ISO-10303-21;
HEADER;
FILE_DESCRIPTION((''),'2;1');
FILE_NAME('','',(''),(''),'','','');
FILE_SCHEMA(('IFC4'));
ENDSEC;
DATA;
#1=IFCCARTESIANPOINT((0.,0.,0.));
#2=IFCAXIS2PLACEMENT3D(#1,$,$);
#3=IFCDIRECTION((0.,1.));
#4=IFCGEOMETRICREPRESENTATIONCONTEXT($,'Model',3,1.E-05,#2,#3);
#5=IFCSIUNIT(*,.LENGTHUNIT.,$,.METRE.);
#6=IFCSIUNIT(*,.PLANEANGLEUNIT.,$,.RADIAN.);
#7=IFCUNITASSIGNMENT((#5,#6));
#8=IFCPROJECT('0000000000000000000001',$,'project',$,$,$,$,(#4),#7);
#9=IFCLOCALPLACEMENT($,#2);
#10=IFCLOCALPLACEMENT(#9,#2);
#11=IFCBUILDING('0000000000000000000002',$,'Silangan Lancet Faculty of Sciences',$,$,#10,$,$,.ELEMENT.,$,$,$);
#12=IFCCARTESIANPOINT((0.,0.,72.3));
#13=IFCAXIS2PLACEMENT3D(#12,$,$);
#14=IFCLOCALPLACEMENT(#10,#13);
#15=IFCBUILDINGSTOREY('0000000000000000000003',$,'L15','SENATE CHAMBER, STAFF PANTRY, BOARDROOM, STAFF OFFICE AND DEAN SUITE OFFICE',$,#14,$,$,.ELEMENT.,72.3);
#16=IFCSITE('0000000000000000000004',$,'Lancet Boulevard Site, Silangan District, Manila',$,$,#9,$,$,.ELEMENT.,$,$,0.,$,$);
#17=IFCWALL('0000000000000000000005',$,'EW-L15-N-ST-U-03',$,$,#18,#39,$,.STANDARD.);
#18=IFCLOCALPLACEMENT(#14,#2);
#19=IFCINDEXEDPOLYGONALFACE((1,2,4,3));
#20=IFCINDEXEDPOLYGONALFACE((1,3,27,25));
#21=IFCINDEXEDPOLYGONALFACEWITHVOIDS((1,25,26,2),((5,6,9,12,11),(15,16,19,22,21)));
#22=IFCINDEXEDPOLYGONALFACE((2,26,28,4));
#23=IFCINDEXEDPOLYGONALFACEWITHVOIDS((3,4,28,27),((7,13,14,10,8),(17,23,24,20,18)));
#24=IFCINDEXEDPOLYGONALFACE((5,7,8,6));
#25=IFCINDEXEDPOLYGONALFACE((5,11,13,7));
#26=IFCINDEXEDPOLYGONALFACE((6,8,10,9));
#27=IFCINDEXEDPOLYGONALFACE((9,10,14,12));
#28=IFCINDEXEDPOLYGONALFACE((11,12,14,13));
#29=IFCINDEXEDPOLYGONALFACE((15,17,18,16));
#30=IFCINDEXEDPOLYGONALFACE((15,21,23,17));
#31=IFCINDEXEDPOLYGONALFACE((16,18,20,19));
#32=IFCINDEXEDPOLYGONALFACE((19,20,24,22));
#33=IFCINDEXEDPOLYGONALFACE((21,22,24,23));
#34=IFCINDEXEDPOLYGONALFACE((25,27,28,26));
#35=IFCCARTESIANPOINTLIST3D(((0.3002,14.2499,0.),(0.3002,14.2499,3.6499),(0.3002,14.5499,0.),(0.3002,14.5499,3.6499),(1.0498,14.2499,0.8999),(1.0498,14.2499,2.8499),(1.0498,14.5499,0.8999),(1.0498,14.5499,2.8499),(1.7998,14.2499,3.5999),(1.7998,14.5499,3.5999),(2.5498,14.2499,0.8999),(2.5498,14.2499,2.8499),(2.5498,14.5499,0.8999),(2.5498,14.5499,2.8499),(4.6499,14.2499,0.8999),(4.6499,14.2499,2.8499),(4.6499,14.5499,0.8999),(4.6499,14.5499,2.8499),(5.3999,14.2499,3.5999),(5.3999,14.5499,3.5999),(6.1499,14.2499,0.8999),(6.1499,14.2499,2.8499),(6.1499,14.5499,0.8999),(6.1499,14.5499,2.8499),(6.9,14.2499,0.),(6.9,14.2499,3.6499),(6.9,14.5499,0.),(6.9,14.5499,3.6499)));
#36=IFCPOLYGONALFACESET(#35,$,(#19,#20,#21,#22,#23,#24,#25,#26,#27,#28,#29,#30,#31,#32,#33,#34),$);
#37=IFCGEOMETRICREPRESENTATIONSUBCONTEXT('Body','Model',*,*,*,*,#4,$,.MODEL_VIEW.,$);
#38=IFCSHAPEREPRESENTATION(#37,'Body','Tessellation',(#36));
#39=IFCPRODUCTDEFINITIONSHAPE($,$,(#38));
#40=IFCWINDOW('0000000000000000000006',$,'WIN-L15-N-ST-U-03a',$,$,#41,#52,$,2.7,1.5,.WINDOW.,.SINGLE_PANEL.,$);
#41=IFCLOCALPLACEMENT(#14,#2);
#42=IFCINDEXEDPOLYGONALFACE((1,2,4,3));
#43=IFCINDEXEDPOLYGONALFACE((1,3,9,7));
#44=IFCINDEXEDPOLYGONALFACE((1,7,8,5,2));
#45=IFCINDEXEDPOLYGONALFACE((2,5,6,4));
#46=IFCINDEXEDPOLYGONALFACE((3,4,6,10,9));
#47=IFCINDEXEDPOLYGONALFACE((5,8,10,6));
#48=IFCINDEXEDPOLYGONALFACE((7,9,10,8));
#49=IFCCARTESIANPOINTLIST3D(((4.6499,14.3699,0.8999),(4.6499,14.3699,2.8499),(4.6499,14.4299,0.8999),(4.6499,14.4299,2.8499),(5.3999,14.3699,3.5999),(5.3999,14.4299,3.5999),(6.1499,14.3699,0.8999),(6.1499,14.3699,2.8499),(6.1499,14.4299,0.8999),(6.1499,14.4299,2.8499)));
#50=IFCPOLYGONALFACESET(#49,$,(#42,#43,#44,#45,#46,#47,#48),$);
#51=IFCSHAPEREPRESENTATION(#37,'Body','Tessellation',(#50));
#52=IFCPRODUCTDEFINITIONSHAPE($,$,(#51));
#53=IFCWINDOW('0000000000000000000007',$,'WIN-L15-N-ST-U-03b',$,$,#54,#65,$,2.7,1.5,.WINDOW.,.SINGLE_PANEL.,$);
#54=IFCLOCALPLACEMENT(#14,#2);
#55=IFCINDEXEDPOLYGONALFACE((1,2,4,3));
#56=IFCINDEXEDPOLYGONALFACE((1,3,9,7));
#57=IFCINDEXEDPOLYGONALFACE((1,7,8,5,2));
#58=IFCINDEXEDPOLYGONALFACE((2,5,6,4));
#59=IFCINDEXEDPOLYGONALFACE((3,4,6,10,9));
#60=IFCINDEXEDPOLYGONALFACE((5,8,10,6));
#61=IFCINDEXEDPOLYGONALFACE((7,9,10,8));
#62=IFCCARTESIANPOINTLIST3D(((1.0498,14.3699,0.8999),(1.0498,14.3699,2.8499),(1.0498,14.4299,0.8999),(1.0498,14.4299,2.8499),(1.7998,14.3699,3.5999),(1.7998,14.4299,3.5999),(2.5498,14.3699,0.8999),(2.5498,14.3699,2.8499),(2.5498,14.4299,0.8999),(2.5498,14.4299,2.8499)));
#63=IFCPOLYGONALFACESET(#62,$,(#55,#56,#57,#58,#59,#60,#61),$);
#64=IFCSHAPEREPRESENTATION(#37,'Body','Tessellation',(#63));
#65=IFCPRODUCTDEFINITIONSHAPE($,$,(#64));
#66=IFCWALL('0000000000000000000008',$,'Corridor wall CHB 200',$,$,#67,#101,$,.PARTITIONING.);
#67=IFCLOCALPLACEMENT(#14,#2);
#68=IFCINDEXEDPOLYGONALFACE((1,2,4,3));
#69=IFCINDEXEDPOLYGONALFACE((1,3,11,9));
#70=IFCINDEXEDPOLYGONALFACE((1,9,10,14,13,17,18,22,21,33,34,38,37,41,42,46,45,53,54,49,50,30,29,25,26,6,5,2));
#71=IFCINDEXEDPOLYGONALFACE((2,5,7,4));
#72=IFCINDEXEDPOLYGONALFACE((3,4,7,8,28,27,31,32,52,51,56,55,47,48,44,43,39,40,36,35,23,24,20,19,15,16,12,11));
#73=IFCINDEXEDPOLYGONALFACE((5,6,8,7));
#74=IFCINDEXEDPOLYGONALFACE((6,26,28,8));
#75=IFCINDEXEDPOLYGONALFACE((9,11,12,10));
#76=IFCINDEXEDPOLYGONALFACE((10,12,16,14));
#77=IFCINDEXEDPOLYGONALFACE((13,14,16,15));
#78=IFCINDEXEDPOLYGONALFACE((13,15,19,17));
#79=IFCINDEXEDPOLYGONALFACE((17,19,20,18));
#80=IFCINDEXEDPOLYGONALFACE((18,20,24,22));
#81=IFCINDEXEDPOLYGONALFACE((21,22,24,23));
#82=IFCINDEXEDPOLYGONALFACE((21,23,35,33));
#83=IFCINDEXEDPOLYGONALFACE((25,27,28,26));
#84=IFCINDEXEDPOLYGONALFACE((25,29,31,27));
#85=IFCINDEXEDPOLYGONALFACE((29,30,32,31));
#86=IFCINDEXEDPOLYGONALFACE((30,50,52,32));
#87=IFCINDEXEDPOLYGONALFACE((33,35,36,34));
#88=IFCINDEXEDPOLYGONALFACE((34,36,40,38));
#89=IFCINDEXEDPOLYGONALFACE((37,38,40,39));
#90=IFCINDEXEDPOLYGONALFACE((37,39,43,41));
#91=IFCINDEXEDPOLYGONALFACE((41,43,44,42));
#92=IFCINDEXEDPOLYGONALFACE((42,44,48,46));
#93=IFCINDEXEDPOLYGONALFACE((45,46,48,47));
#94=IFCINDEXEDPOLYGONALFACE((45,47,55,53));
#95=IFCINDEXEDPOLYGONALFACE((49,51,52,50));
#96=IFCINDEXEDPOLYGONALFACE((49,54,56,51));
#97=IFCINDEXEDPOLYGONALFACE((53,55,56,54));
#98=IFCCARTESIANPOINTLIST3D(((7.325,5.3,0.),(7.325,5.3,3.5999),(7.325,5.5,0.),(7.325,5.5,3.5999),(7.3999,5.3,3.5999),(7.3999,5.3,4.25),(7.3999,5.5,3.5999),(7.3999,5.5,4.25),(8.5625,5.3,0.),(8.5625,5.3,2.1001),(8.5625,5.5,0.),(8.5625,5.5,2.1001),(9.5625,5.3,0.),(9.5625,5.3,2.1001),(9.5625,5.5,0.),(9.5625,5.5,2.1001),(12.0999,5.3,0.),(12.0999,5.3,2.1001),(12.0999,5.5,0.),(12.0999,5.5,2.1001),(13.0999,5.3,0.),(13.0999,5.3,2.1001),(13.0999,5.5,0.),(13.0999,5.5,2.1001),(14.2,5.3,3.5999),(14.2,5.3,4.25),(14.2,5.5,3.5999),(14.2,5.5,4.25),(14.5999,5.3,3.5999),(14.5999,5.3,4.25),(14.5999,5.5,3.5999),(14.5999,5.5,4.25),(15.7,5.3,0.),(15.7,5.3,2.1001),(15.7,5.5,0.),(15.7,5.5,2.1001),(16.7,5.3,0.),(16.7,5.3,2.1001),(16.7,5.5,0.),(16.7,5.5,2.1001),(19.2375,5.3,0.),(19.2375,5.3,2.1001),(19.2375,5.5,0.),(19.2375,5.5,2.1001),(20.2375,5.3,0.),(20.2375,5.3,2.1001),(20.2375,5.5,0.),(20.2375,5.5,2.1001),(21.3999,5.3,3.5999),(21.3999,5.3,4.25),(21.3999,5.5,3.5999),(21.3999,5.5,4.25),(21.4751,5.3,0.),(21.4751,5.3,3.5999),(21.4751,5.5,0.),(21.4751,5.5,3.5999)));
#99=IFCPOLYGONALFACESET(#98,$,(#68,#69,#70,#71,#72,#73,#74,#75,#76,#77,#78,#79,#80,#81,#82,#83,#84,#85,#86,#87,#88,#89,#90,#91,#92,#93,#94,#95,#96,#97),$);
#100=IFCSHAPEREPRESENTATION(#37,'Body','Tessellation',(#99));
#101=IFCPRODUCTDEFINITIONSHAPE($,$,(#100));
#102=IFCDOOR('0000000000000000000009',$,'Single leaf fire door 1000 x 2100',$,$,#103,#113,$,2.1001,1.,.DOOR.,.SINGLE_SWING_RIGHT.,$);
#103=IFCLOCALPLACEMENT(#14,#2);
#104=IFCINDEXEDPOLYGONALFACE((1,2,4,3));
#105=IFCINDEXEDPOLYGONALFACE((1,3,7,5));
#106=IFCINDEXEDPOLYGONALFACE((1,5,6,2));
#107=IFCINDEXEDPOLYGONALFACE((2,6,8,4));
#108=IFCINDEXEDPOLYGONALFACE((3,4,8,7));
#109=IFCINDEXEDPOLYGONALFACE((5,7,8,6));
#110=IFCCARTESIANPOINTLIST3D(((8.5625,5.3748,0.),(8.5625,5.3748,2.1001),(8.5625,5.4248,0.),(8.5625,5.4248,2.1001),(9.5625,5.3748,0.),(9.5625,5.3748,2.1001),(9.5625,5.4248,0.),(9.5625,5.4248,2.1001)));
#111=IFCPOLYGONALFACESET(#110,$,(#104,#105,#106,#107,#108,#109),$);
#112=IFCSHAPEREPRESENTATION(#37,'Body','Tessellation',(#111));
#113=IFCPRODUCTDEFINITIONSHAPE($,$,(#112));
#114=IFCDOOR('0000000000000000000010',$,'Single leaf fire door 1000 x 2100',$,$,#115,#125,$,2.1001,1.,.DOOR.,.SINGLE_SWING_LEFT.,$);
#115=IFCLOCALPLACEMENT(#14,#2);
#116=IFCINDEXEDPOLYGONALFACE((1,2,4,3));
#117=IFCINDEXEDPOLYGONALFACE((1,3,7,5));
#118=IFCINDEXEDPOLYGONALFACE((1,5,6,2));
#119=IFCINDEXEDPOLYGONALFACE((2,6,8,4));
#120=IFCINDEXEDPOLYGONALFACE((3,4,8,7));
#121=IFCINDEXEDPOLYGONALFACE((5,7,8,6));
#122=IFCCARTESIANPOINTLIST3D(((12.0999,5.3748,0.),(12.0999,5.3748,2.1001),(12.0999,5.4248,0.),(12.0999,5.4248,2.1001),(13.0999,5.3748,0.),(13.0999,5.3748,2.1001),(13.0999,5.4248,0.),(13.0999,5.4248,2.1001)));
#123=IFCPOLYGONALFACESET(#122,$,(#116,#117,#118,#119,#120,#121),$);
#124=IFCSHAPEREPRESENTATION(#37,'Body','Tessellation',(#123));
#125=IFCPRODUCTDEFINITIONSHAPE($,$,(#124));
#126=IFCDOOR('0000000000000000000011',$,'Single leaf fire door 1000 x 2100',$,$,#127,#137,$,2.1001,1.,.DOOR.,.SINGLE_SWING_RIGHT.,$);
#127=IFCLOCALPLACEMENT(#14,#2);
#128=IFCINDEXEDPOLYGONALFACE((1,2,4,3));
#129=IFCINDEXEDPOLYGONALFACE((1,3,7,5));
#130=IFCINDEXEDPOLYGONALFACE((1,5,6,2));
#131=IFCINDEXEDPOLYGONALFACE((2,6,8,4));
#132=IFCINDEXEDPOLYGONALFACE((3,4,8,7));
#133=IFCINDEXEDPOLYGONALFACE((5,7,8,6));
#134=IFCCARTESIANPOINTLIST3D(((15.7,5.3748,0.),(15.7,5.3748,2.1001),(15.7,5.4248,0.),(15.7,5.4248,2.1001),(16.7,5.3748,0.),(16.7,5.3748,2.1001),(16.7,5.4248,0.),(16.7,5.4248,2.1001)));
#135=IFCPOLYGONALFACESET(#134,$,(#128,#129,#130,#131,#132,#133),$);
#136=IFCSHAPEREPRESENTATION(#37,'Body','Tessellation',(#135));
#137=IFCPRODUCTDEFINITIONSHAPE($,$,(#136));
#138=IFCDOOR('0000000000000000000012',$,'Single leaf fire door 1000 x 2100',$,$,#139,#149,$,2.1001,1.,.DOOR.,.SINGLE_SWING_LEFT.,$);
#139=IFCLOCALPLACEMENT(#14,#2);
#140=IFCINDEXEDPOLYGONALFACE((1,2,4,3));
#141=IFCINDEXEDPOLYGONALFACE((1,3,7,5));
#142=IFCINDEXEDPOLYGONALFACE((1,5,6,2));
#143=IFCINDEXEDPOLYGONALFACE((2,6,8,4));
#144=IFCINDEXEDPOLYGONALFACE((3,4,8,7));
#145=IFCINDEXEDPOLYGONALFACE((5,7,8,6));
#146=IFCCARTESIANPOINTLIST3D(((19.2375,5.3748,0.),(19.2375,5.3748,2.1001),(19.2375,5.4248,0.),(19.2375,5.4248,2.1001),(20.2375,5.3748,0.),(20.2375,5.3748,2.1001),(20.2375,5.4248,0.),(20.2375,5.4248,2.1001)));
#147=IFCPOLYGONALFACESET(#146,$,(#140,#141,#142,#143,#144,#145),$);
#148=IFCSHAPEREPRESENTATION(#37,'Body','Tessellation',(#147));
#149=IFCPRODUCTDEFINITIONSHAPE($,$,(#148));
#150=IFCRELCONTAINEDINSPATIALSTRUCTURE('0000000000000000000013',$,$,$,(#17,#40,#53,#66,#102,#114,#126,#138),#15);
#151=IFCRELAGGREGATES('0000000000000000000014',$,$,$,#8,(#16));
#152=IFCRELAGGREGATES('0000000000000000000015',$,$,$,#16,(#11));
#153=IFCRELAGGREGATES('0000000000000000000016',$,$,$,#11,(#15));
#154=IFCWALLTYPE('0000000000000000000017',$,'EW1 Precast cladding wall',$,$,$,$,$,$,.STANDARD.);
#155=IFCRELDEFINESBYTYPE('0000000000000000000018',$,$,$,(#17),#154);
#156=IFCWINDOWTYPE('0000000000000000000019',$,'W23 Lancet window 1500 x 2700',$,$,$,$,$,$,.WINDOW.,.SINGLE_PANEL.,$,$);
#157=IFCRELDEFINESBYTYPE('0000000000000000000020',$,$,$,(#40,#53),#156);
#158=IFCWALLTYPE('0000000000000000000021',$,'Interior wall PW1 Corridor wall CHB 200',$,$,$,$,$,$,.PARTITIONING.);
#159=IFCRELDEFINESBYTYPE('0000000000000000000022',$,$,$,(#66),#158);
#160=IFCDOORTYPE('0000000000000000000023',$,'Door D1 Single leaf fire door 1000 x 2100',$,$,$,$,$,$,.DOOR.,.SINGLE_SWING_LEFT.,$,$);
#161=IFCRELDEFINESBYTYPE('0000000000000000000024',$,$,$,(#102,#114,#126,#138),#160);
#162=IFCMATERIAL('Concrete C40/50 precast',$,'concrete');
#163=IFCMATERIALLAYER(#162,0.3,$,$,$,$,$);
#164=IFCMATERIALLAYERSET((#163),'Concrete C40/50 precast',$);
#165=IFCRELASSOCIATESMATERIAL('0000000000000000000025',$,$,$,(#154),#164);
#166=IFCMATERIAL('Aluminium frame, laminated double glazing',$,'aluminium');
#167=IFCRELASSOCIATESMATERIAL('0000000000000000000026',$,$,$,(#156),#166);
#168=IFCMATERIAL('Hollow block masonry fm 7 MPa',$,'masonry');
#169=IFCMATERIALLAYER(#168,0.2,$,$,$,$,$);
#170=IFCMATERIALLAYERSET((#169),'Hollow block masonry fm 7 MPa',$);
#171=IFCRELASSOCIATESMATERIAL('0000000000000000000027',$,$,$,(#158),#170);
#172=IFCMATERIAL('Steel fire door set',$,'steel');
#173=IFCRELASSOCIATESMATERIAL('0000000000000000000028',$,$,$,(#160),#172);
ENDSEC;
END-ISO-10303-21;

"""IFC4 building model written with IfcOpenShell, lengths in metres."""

from ifc_helpers import new_model, si_unit, direction, frame, frame_2d, origin, place, context, subcontext, project, spatial, polyline, rectangle, outline, extrude, material, layer, layer_set, type_object, element, fill, save


model = new_model("IFC4")

# Units and contexts
model_context = context("Model", 3, precision=1e-05, world=origin(), true_north=direction((0.0, 1.0)))
body_context = subcontext(model_context, "Body", "Model", "MODEL_VIEW")
ifc_project = project(units=[si_unit("LENGTHUNIT", "METRE"), si_unit("PLANEANGLEUNIT", "RADIAN")], contexts=[model_context])

# Site, building, storey
site_placement = place(None, origin())
site = spatial("IfcSite", under=ifc_project, at=site_placement, Name="Lancet Boulevard Site, Silangan District, Manila", CompositionType="ELEMENT", RefElevation=0.0)
building_placement = place(site_placement, origin())
building = spatial("IfcBuilding", under=site, at=building_placement, Name="Silangan Lancet Faculty of Sciences", CompositionType="ELEMENT")
storey_placement = place(building_placement, frame((0.0, 0.0, 72.3)))
storey = spatial("IfcBuildingStorey", under=building, at=storey_placement, Name="L15", Description="SENATE CHAMBER, STAFF PANTRY, BOARDROOM, STAFF OFFICE AND DEAN SUITE OFFICE", CompositionType="ELEMENT", Elevation=72.3)

# Wall, openings, windows
ifc_material_1 = material(Name="Concrete C40/50 precast", Category="concrete")
ifc_layer_1 = layer(ifc_material_1, 0.3)
ifc_layer_set_1 = layer_set([ifc_layer_1], Name="Concrete C40/50 precast")
wall_type_1 = type_object("IfcWallType", Name="EW1 Precast cladding wall", PredefinedType="STANDARD", material=ifc_layer_set_1)
ifc_material_2 = material(Name="Aluminium frame, laminated double glazing", Category="aluminium")
window_type = type_object("IfcWindowType", Name="W23 Lancet window 1500 x 2700", PartitioningType="SINGLE_PANEL", PredefinedType="WINDOW", material=ifc_material_2)
wall_1_placement = place(storey_placement, frame((6.8999, 14.3999, 0.0), z_axis=(0.0, 0.0, 1.0), x_axis=(-1.0, 0.0, 0.0)))
wall_1 = element("IfcWall", 1, at=wall_1_placement, inside=storey, type_object=wall_type_1, Name="EW-L15-N-ST-U-03", PredefinedType="STANDARD", context=body_context, shape_type="SweptSolid", body=[
    extrude(rectangle(XDim=6.5999, YDim=0.3, at=frame_2d((3.2998, 0.0))), origin(), (0.0, 0.0, 1.0), 3.6499),
])
opening_1_placement = place(wall_1_placement, frame((0.75, 0.0, 0.8999)))
opening_1 = element("IfcOpeningElement", 2, at=opening_1_placement, cuts=wall_1, PredefinedType="OPENING", context=body_context, shape_type="SweptSolid", body=[
    extrude(outline(polyline([(0.0, 0.0), (1.5, 0.0), (1.5, 1.95), (0.75, 2.7), (0.0, 1.95), (0.0, 0.0)])), frame((0.0, 0.1599, 0.0), z_axis=(0.0, -1.0, 0.0), x_axis=(1.0, 0.0, 0.0)), (0.0, 0.0, 1.0), 0.3201),
])
opening_2_placement = place(wall_1_placement, frame((4.3501, 0.0, 0.8999)))
opening_2 = element("IfcOpeningElement", 3, at=opening_2_placement, cuts=wall_1, PredefinedType="OPENING", context=body_context, shape_type="SweptSolid", body=[
    extrude(outline(polyline([(0.0, 0.0), (1.5, 0.0), (1.5, 1.95), (0.75, 2.7), (0.0, 1.95), (0.0, 0.0)])), frame((0.0, 0.1599, 0.0), z_axis=(0.0, -1.0, 0.0), x_axis=(1.0, 0.0, 0.0)), (0.0, 0.0, 1.0), 0.3201),
])
window_1_placement = place(opening_1_placement, origin())
window_1 = element("IfcWindow", 4, at=window_1_placement, inside=storey, type_object=window_type, Name="WIN-L15-N-ST-U-03a", OverallHeight=2.7, OverallWidth=1.5, PartitioningType="SINGLE_PANEL", PredefinedType="WINDOW", context=body_context, shape_type="SweptSolid", body=[
    extrude(outline(polyline([(0.0, 0.0), (1.5, 0.0), (1.5, 1.95), (0.75, 2.7), (0.0, 1.95), (0.0, 0.0)])), frame((0.0, 0.03, 0.0), z_axis=(0.0, -1.0, 0.0), x_axis=(1.0, 0.0, 0.0)), (0.0, 0.0, 1.0), 0.0601),
])
fill(opening_1, window_1)
window_2_placement = place(opening_2_placement, origin())
window_2 = element("IfcWindow", 5, at=window_2_placement, inside=storey, type_object=window_type, Name="WIN-L15-N-ST-U-03b", OverallHeight=2.7, OverallWidth=1.5, PartitioningType="SINGLE_PANEL", PredefinedType="WINDOW", context=body_context, shape_type="SweptSolid", body=[
    extrude(outline(polyline([(0.0, 0.0), (1.5, 0.0), (1.5, 1.95), (0.75, 2.7), (0.0, 1.95), (0.0, 0.0)])), frame((0.0, 0.03, 0.0), z_axis=(0.0, -1.0, 0.0), x_axis=(1.0, 0.0, 0.0)), (0.0, 0.0, 1.0), 0.0601),
])
fill(opening_2, window_2)

# Wall, openings, doors
ifc_material_3 = material(Name="Hollow block masonry fm 7 MPa", Category="masonry")
ifc_layer_2 = layer(ifc_material_3, 0.2)
ifc_layer_set_2 = layer_set([ifc_layer_2], Name="Hollow block masonry fm 7 MPa")
wall_type_2 = type_object("IfcWallType", Name="Interior wall PW1 Corridor wall CHB 200", PredefinedType="PARTITIONING", material=ifc_layer_set_2)
wall_2_placement = place(storey_placement, frame((7.325, 5.3999, 0.0), z_axis=(0.0, 0.0, 1.0), x_axis=(1.0, 0.0, 0.0)))
wall_2 = element("IfcWall", 6, at=wall_2_placement, inside=storey, type_object=wall_type_2, Name="Corridor wall CHB 200", PredefinedType="PARTITIONING", context=body_context, shape_type="SweptSolid", body=[
    extrude(outline(polyline([(0.0, 0.0), (14.1501, 0.0), (14.1501, 3.5999), (14.075, 3.5999), (14.075, 4.25), (7.2749, 4.25), (7.2749, 3.5999), (6.875, 3.5999), (6.875, 4.25), (0.075, 4.25), (0.075, 3.5999), (0.0, 3.5999), (0.0, 0.0)])), frame((0.0, 0.1001, 0.0), z_axis=(0.0, -1.0, 0.0), x_axis=(1.0, 0.0, 0.0)), (0.0, 0.0, 1.0), 0.2),
])
opening_3_placement = place(wall_2_placement, frame((1.2375, 0.0, 0.0)))
opening_3 = element("IfcOpeningElement", 7, at=opening_3_placement, cuts=wall_2, PredefinedType="OPENING", context=body_context, shape_type="SweptSolid", body=[
    extrude(rectangle(XDim=1.0, YDim=2.1001, at=frame_2d((0.5, 1.05))), frame((0.0, 0.1099, 0.0), z_axis=(0.0, -1.0, 0.0), x_axis=(1.0, 0.0, 0.0)), (0.0, 0.0, 1.0), 0.22),
])
opening_4_placement = place(wall_2_placement, frame((4.7749, 0.0, 0.0)))
opening_4 = element("IfcOpeningElement", 8, at=opening_4_placement, cuts=wall_2, PredefinedType="OPENING", context=body_context, shape_type="SweptSolid", body=[
    extrude(rectangle(XDim=1.0, YDim=2.1001, at=frame_2d((0.5, 1.05))), frame((0.0, 0.1099, 0.0), z_axis=(0.0, -1.0, 0.0), x_axis=(1.0, 0.0, 0.0)), (0.0, 0.0, 1.0), 0.22),
])
opening_5_placement = place(wall_2_placement, frame((8.375, 0.0, 0.0)))
opening_5 = element("IfcOpeningElement", 9, at=opening_5_placement, cuts=wall_2, PredefinedType="OPENING", context=body_context, shape_type="SweptSolid", body=[
    extrude(rectangle(XDim=1.0, YDim=2.1001, at=frame_2d((0.5, 1.05))), frame((0.0, 0.1099, 0.0), z_axis=(0.0, -1.0, 0.0), x_axis=(1.0, 0.0, 0.0)), (0.0, 0.0, 1.0), 0.22),
])
opening_6_placement = place(wall_2_placement, frame((11.9126, 0.0, 0.0)))
opening_6 = element("IfcOpeningElement", 10, at=opening_6_placement, cuts=wall_2, PredefinedType="OPENING", context=body_context, shape_type="SweptSolid", body=[
    extrude(rectangle(XDim=1.0, YDim=2.1001, at=frame_2d((0.5, 1.05))), frame((0.0, 0.1099, 0.0), z_axis=(0.0, -1.0, 0.0), x_axis=(1.0, 0.0, 0.0)), (0.0, 0.0, 1.0), 0.22),
])
ifc_material_4 = material(Name="Steel fire door set", Category="steel")
door_type_1 = type_object("IfcDoorType", Name="Door D1 Single leaf fire door 1000 x 2100", OperationType="SINGLE_SWING_LEFT", PredefinedType="DOOR", material=ifc_material_4)
door_1_placement = place(opening_3_placement, frame((1.0, 0.0, 0.0), z_axis=(0.0, 0.0, 1.0), x_axis=(-1.0, 0.0, 0.0)))
door_1 = element("IfcDoor", 11, at=door_1_placement, inside=storey, type_object=door_type_1, Name="Single leaf fire door 1000 x 2100", OperationType="SINGLE_SWING_RIGHT", OverallHeight=2.1001, OverallWidth=1.0, PredefinedType="DOOR", context=body_context, shape_type="SweptSolid", body=[
    extrude(rectangle(XDim=1.0, YDim=2.1001, at=frame_2d((0.5, 1.05))), frame((0.0, 0.0251, 0.0), z_axis=(0.0, -1.0, 0.0), x_axis=(1.0, 0.0, 0.0)), (0.0, 0.0, 1.0), 0.05),
])
fill(opening_3, door_1)
door_2_placement = place(opening_4_placement, frame((1.0, 0.0, 0.0), z_axis=(0.0, 0.0, 1.0), x_axis=(-1.0, 0.0, 0.0)))
door_2 = element("IfcDoor", 12, at=door_2_placement, inside=storey, type_object=door_type_1, Name="Single leaf fire door 1000 x 2100", OperationType="SINGLE_SWING_LEFT", OverallHeight=2.1001, OverallWidth=1.0, PredefinedType="DOOR", context=body_context, shape_type="SweptSolid", body=[
    extrude(rectangle(XDim=1.0, YDim=2.1001, at=frame_2d((0.5, 1.05))), frame((0.0, 0.0251, 0.0), z_axis=(0.0, -1.0, 0.0), x_axis=(1.0, 0.0, 0.0)), (0.0, 0.0, 1.0), 0.05),
])
fill(opening_4, door_2)
door_3_placement = place(opening_5_placement, frame((1.0, 0.0, 0.0), z_axis=(0.0, 0.0, 1.0), x_axis=(-1.0, 0.0, 0.0)))
door_3 = element("IfcDoor", 13, at=door_3_placement, inside=storey, type_object=door_type_1, Name="Single leaf fire door 1000 x 2100", OperationType="SINGLE_SWING_RIGHT", OverallHeight=2.1001, OverallWidth=1.0, PredefinedType="DOOR", context=body_context, shape_type="SweptSolid", body=[
    extrude(rectangle(XDim=1.0, YDim=2.1001, at=frame_2d((0.5, 1.05))), frame((0.0, 0.0251, 0.0), z_axis=(0.0, -1.0, 0.0), x_axis=(1.0, 0.0, 0.0)), (0.0, 0.0, 1.0), 0.05),
])
fill(opening_5, door_3)
door_4_placement = place(opening_6_placement, frame((1.0, 0.0, 0.0), z_axis=(0.0, 0.0, 1.0), x_axis=(-1.0, 0.0, 0.0)))
door_4 = element("IfcDoor", 14, at=door_4_placement, inside=storey, type_object=door_type_1, Name="Single leaf fire door 1000 x 2100", OperationType="SINGLE_SWING_LEFT", OverallHeight=2.1001, OverallWidth=1.0, PredefinedType="DOOR", context=body_context, shape_type="SweptSolid", body=[
    extrude(rectangle(XDim=1.0, YDim=2.1001, at=frame_2d((0.5, 1.05))), frame((0.0, 0.0251, 0.0), z_axis=(0.0, -1.0, 0.0), x_axis=(1.0, 0.0, 0.0)), (0.0, 0.0, 1.0), 0.05),
])
fill(opening_6, door_4)

save(model, "model.ifc")
